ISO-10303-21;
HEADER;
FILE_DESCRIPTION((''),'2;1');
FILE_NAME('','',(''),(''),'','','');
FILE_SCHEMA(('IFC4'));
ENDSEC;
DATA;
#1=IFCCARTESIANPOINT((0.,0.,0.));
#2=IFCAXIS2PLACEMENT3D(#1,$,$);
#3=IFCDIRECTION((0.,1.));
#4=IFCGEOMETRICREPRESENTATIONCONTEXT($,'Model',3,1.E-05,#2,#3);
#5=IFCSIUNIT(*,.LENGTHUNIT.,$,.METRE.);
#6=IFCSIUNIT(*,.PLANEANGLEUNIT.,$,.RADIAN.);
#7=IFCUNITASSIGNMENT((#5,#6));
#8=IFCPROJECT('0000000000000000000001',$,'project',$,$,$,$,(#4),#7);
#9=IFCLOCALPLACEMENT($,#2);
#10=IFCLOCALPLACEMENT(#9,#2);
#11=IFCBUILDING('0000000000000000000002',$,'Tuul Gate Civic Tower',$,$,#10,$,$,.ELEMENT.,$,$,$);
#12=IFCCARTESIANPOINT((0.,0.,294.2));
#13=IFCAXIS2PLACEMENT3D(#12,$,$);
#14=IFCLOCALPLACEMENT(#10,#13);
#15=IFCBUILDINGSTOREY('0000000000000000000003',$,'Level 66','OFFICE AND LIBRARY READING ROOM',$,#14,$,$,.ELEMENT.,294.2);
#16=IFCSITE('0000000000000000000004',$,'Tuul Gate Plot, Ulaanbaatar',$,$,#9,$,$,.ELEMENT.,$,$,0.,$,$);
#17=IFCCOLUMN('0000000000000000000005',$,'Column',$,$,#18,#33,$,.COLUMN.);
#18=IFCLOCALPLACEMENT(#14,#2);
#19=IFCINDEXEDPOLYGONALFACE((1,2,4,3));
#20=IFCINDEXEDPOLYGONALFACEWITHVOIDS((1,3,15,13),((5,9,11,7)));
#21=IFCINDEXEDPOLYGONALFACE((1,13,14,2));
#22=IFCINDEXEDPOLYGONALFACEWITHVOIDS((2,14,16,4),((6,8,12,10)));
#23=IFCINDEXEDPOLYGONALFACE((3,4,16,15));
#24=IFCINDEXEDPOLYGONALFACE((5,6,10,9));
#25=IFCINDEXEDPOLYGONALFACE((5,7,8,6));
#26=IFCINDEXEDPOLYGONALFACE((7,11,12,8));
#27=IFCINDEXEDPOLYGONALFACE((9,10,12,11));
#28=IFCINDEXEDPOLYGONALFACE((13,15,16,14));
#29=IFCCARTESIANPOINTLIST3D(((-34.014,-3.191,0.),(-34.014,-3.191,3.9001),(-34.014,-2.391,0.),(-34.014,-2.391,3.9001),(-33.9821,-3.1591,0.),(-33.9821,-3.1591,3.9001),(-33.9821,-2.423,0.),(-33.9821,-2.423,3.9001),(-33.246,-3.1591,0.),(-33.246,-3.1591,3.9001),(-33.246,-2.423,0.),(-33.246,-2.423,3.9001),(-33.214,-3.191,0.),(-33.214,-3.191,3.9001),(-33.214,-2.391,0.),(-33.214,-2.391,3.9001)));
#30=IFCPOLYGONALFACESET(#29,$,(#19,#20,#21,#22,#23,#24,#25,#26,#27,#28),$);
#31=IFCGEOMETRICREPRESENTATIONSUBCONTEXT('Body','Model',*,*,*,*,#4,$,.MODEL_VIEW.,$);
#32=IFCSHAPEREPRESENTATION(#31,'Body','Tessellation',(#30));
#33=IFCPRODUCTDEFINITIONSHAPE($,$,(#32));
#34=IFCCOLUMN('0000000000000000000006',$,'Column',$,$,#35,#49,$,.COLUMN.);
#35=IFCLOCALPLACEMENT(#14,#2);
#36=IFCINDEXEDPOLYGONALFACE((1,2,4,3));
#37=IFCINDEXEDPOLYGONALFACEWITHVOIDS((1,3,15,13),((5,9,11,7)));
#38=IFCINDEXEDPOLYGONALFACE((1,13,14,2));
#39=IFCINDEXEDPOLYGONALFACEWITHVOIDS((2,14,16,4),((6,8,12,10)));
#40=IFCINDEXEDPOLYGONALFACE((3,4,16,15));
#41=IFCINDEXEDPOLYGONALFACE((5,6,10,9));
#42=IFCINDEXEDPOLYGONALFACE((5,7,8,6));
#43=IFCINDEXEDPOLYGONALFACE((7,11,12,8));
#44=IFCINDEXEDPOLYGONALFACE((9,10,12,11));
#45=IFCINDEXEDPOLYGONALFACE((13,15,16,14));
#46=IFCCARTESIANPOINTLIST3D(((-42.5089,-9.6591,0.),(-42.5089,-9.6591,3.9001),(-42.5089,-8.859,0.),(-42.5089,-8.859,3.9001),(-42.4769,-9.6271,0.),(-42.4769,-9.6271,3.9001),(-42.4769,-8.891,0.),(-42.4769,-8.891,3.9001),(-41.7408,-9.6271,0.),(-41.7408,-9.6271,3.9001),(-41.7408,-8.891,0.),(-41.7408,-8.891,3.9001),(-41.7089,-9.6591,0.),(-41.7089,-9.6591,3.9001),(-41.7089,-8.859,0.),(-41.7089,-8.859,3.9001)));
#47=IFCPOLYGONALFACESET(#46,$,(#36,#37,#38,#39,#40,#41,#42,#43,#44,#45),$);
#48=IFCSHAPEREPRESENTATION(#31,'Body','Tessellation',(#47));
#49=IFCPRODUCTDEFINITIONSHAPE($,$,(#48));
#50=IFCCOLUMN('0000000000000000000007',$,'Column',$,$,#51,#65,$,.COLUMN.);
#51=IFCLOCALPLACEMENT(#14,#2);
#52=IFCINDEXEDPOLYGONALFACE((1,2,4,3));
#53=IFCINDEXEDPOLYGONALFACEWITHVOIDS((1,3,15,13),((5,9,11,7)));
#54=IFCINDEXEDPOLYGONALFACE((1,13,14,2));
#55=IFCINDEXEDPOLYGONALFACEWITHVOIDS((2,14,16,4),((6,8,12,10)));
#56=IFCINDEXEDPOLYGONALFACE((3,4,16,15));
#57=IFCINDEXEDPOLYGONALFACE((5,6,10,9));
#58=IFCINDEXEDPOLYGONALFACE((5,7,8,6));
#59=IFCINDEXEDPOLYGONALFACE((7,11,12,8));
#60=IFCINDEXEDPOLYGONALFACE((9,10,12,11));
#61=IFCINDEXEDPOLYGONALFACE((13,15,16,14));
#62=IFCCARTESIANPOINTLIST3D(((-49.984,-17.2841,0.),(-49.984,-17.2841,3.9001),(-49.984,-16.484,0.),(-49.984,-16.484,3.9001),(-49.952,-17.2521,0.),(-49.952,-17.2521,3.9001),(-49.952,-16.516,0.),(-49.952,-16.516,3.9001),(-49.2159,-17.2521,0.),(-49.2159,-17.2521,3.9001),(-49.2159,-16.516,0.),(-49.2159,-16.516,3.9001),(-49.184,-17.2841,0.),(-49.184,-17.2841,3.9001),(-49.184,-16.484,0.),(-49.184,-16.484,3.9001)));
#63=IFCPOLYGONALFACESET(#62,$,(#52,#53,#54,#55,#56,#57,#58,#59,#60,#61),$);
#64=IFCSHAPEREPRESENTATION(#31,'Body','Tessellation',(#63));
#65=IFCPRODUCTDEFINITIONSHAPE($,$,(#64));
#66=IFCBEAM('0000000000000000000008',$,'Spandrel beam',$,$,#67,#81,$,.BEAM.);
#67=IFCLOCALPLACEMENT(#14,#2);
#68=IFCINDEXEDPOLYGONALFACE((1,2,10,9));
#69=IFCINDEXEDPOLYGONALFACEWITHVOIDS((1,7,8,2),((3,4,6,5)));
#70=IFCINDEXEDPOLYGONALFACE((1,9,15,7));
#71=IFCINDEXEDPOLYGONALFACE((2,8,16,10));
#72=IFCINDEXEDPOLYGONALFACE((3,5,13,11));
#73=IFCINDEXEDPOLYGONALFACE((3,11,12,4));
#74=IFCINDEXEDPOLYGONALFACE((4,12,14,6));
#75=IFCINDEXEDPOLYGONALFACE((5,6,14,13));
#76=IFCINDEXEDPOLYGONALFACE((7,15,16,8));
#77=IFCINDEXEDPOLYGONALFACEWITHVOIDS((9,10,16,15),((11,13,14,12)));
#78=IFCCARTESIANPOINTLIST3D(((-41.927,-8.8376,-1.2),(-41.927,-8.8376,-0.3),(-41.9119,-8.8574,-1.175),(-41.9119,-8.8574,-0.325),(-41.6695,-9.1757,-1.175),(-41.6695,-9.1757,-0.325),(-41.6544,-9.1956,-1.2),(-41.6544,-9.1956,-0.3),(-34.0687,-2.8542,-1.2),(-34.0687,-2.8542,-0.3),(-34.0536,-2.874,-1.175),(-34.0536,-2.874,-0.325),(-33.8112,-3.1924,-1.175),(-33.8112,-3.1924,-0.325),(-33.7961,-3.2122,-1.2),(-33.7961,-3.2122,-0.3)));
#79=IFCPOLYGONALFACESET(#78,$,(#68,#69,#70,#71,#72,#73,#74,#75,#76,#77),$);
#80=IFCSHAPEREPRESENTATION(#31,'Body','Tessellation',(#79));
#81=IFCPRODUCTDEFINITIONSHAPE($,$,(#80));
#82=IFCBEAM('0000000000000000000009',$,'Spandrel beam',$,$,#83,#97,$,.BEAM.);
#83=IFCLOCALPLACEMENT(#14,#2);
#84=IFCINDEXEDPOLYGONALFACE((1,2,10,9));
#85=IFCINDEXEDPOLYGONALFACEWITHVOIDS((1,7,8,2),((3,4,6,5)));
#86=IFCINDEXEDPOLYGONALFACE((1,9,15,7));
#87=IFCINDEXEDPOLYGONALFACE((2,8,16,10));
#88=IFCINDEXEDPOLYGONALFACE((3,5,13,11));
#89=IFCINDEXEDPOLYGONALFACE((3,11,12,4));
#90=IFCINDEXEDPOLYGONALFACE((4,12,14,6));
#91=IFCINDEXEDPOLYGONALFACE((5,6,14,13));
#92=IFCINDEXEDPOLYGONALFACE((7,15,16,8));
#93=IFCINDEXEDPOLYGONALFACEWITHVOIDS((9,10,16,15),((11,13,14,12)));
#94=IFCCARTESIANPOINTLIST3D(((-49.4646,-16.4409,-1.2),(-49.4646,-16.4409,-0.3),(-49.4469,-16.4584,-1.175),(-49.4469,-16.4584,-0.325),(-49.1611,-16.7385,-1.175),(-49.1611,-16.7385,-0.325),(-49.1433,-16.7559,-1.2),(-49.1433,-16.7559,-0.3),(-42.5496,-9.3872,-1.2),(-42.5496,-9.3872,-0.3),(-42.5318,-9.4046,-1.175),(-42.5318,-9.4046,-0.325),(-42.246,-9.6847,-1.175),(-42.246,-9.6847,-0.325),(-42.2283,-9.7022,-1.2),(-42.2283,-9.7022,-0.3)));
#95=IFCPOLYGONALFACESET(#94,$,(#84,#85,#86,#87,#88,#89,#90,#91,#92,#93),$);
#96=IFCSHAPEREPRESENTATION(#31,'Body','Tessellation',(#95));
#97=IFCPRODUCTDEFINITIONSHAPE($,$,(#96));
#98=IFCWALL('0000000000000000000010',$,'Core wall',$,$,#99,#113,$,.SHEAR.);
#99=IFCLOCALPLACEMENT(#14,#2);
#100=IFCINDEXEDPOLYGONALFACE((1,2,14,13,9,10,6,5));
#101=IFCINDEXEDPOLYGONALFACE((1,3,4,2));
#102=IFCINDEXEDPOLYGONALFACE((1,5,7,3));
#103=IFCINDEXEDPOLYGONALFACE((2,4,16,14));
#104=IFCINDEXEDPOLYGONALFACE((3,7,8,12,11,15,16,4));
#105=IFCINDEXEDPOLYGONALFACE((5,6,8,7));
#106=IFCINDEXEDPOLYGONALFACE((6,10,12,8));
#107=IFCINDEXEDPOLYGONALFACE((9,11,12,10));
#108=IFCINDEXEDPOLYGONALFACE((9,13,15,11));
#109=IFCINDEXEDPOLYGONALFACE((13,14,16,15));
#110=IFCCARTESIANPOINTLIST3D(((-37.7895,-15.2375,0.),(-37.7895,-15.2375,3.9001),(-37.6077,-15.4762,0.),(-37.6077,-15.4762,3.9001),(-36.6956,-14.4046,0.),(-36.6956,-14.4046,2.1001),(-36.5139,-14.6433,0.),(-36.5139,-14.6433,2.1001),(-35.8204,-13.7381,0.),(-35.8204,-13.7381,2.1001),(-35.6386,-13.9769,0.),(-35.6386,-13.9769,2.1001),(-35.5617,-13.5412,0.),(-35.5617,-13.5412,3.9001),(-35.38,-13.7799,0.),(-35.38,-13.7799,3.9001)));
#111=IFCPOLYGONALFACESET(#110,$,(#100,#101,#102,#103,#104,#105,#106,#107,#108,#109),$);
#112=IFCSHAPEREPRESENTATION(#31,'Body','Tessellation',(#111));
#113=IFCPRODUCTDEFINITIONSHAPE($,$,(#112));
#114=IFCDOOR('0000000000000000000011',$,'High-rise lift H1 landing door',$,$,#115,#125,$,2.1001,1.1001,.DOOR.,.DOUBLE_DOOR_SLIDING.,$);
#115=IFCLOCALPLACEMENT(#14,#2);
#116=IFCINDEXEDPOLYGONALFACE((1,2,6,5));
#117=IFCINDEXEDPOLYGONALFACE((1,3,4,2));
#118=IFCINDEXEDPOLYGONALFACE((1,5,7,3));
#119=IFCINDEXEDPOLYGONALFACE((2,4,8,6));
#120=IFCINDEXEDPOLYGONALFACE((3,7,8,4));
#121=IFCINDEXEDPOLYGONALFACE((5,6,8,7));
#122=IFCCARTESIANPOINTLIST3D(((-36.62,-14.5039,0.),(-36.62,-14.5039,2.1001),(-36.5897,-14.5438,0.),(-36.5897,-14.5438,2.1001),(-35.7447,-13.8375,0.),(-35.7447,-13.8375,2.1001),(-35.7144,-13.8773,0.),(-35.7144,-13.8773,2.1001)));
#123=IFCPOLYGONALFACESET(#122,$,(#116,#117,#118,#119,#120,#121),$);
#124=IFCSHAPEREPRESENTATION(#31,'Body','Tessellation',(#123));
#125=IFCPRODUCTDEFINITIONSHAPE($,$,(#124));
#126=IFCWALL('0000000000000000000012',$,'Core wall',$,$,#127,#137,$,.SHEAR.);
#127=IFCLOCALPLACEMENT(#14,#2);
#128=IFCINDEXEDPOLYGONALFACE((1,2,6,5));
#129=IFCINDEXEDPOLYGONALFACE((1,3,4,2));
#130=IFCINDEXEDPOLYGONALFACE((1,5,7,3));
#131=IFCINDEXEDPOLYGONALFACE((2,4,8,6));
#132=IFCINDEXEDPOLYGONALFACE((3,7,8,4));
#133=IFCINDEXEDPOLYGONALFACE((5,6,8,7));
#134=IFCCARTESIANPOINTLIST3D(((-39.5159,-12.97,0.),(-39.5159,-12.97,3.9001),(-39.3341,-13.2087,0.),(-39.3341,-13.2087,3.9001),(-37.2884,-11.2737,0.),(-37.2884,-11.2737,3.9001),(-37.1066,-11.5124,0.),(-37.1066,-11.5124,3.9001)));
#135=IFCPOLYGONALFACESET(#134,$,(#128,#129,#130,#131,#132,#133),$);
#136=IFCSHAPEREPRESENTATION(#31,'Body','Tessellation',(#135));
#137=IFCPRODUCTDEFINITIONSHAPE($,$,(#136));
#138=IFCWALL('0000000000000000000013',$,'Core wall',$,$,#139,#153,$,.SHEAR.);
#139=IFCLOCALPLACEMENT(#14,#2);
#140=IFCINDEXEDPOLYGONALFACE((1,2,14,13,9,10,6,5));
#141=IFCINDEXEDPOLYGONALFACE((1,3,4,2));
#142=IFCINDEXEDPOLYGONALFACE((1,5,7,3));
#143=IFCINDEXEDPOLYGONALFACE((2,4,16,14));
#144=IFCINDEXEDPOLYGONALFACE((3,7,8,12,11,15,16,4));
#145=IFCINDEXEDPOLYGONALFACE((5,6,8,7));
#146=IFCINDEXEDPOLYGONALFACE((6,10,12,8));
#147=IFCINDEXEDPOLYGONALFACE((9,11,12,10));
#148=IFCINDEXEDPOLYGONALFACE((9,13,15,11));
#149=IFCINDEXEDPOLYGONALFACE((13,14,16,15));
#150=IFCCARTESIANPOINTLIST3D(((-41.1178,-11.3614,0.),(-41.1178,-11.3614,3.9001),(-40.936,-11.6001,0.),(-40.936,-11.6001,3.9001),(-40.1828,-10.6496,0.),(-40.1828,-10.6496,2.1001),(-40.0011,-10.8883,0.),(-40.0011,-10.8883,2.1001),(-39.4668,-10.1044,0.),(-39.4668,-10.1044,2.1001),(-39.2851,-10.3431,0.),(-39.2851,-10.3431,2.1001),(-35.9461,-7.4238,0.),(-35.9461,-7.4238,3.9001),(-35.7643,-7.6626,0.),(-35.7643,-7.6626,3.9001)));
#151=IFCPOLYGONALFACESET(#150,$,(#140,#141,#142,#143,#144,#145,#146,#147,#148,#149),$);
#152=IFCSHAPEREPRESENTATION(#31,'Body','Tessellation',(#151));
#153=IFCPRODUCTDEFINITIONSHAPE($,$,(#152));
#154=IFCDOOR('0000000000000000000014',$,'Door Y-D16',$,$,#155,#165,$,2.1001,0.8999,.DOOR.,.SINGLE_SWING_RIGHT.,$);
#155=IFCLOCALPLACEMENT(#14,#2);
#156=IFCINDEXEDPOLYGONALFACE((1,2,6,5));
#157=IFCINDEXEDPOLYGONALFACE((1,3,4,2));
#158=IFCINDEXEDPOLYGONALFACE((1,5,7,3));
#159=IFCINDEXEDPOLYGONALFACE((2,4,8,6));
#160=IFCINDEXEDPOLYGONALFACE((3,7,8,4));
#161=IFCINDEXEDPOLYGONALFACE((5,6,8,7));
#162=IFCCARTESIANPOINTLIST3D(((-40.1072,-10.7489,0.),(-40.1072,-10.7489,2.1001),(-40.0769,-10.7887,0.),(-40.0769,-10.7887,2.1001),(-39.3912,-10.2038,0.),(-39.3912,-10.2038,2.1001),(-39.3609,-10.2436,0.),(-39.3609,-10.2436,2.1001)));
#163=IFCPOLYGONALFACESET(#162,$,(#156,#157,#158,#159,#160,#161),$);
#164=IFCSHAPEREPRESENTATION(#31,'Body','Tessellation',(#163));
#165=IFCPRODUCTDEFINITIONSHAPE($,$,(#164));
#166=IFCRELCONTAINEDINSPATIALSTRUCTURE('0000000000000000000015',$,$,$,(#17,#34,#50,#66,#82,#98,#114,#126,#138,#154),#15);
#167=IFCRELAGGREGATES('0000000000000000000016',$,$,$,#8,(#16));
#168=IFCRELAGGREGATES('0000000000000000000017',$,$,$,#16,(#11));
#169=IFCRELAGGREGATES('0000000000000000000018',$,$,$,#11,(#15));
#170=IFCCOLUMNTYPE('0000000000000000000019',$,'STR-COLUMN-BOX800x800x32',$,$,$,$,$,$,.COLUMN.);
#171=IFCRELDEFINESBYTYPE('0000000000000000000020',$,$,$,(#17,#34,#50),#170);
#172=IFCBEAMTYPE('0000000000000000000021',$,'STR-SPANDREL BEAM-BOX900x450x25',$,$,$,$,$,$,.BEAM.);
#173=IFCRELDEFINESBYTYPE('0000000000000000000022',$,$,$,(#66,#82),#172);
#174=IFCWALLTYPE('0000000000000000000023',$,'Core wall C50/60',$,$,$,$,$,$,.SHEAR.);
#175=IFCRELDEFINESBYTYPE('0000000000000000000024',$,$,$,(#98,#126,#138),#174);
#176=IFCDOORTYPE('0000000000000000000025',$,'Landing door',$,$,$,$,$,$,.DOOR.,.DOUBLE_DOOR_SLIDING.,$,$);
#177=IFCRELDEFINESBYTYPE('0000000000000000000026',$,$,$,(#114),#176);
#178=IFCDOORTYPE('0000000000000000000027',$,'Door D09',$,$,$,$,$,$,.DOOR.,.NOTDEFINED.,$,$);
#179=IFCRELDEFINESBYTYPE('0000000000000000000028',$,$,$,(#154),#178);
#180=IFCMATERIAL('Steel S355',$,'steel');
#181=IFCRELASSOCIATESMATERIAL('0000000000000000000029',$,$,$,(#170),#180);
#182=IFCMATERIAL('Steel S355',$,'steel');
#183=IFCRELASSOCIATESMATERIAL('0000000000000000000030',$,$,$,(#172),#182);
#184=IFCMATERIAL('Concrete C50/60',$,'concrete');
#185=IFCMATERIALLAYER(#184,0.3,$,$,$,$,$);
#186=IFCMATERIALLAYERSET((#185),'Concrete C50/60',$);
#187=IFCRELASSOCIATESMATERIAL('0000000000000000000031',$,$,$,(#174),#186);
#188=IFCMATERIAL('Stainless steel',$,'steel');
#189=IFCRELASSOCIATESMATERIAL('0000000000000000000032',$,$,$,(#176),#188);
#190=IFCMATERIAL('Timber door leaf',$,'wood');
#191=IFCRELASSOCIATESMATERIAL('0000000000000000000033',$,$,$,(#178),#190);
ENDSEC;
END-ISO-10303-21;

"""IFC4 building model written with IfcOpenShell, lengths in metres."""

from ifc_helpers import new_model, si_unit, direction, frame, frame_2d, origin, origin_2d, place, context, subcontext, project, spatial, rectangle, hollow_rectangle, extrude, material, layer, layer_set, material_profile, profile_set, type_object, element, fill, save


model = new_model("IFC4")

# Units and contexts
model_context = context("Model", 3, precision=1e-05, world=origin(), true_north=direction((0.0, 1.0)))
body_context = subcontext(model_context, "Body", "Model", "MODEL_VIEW")
ifc_project = project(units=[si_unit("LENGTHUNIT", "METRE"), si_unit("PLANEANGLEUNIT", "RADIAN")], contexts=[model_context])

# Site, building, storey
site_placement = place(None, origin())
site = spatial("IfcSite", under=ifc_project, at=site_placement, Name="Tuul Gate Plot, Ulaanbaatar", CompositionType="ELEMENT", RefElevation=0.0)
building_placement = place(site_placement, origin())
building = spatial("IfcBuilding", under=site, at=building_placement, Name="Tuul Gate Civic Tower", CompositionType="ELEMENT")
storey_placement = place(building_placement, frame((0.0, 0.0, 294.2)))
storey = spatial("IfcBuildingStorey", under=building, at=storey_placement, Name="Level 66", Description="OFFICE AND LIBRARY READING ROOM", CompositionType="ELEMENT", Elevation=294.2)

# Columns
ifc_material_1 = material(Name="Steel S355", Category="steel")
ifc_material_profile_1 = material_profile(ifc_material_1, hollow_rectangle(XDim=0.8, YDim=0.8, WallThickness=0.032, at=origin_2d()), Name="BOX800x800x32")
ifc_profile_set_1 = profile_set([ifc_material_profile_1], Name="Steel S355")
column_type = type_object("IfcColumnType", Name="STR-COLUMN-BOX800x800x32", PredefinedType="COLUMN", material=ifc_profile_set_1)
for number, where, z_axis, x_axis, name in (
    (1, (-33.614, -2.791, 0.0), (0.0, 0.0, 1.0), (1.0, 0.0, 0.0), "Column"),
    (2, (-42.1089, -9.259, 0.0), (0.0, 0.0, 1.0), (1.0, 0.0, 0.0), "Column"),
    (3, (-49.584, -16.884, 0.0), (0.0, 0.0, 1.0), (1.0, 0.0, 0.0), "Column"),
):
    element("IfcColumn", number, at=place(storey_placement, frame(where, z_axis=z_axis, x_axis=x_axis)), inside=storey, type_object=column_type, Name=name, PredefinedType="COLUMN", context=body_context, shape_type="SweptSolid", body=[
        extrude(hollow_rectangle(XDim=0.8, YDim=0.8, WallThickness=0.032, at=origin_2d()), origin(), (0.0, 0.0, 1.0), 3.9001),
    ])

# Beams
ifc_material_2 = material(Name="Steel S355", Category="steel")
ifc_material_profile_2 = material_profile(ifc_material_2, hollow_rectangle(XDim=0.45, YDim=0.8999, WallThickness=0.0249, at=origin_2d()), Name="BOX900x450x25")
ifc_profile_set_2 = profile_set([ifc_material_profile_2], Name="Steel S355")
beam_type = type_object("IfcBeamType", Name="STR-SPANDREL BEAM-BOX900x450x25", PredefinedType="BEAM", material=ifc_profile_set_2)
beam_1_placement = place(storey_placement, frame((-33.9324, -3.0332, -0.75), z_axis=(-0.795625, -0.60579, 0.0), x_axis=(0.60579, -0.795625, 0.0)))
element("IfcBeam", 4, at=beam_1_placement, inside=storey, type_object=beam_type, Name="Spandrel beam", PredefinedType="BEAM", context=body_context, shape_type="SweptSolid", body=[
    extrude(hollow_rectangle(XDim=0.45, YDim=0.8999, WallThickness=0.0249, at=origin_2d()), origin(), (0.0, 0.0, 1.0), 9.877),
])
beam_2_placement = place(storey_placement, frame((-42.3889, -9.5447, -0.75), z_axis=(-0.700053, -0.714091, 0.0), x_axis=(0.714091, -0.700053, 0.0)))
element("IfcBeam", 5, at=beam_2_placement, inside=storey, type_object=beam_type, Name="Spandrel beam", PredefinedType="BEAM", context=body_context, shape_type="SweptSolid", body=[
    extrude(hollow_rectangle(XDim=0.45, YDim=0.8999, WallThickness=0.0249, at=origin_2d()), origin(), (0.0, 0.0, 1.0), 9.8779),
])

# Wall, opening, door
ifc_material_3 = material(Name="Concrete C50/60", Category="concrete")
ifc_layer_1 = layer(ifc_material_3, 0.3)
ifc_layer_set_1 = layer_set([ifc_layer_1], Name="Concrete C50/60")
wall_type_1 = type_object("IfcWallType", Name="Core wall C50/60", PredefinedType="SHEAR", material=ifc_layer_set_1)
wall_1_placement = place(storey_placement, frame((-35.4709, -13.6606, 0.0), z_axis=(0.0, 0.0, 1.0), x_axis=(-0.795616, -0.605802, 0.0)))
wall_1 = element("IfcWall", 6, at=wall_1_placement, inside=storey, type_object=wall_type_1, Name="Core wall", PredefinedType="SHEAR", context=body_context, shape_type="SweptSolid", body=[
    extrude(rectangle(XDim=2.8, YDim=0.3, at=frame_2d((1.3999, 0.0))), origin(), (0.0, 0.0, 1.0), 3.9001),
])
opening_1_placement = place(wall_1_placement, frame((0.325, 0.0, 0.0)))
opening_1 = element("IfcOpeningElement", 7, at=opening_1_placement, cuts=wall_1, PredefinedType="OPENING", context=body_context, shape_type="SweptSolid", body=[
    extrude(rectangle(XDim=1.1001, YDim=2.1001, at=frame_2d((0.55, 1.05))), frame((0.0, 0.1602, 0.0), z_axis=(0.0, -1.0, 0.0), x_axis=(1.0, 0.0, 0.0)), (0.0, 0.0, 1.0), 0.3201),
])
ifc_material_4 = material(Name="Stainless steel", Category="steel")
door_type_1 = type_object("IfcDoorType", Name="Landing door", OperationType="DOUBLE_DOOR_SLIDING", PredefinedType="DOOR", material=ifc_material_4)
door_1_placement = place(opening_1_placement, origin())
door_1 = element("IfcDoor", 8, at=door_1_placement, inside=storey, type_object=door_type_1, Name="High-rise lift H1 landing door", OperationType="DOUBLE_DOOR_SLIDING", OverallHeight=2.1001, OverallWidth=1.1001, PredefinedType="DOOR", context=body_context, shape_type="SweptSolid", body=[
    extrude(rectangle(XDim=1.1001, YDim=2.1001, at=frame_2d((0.55, 1.05))), frame((0.0, 0.0249, 0.0), z_axis=(0.0, -1.0, 0.0), x_axis=(1.0, 0.0, 0.0)), (0.0, 0.0, 1.0), 0.05),
])
fill(opening_1, door_1)

# Wall
wall_2_placement = place(storey_placement, frame((-37.1975, -11.3931, 0.0), z_axis=(0.0, 0.0, 1.0), x_axis=(-0.795584, -0.605844, 0.0)))
element("IfcWall", 9, at=wall_2_placement, inside=storey, type_object=wall_type_1, Name="Core wall", PredefinedType="SHEAR", context=body_context, shape_type="SweptSolid", body=[
    extrude(rectangle(XDim=2.7998, YDim=0.3, at=frame_2d((1.3999, 0.0))), origin(), (0.0, 0.0, 1.0), 3.9001),
])

# Wall, opening, door
wall_3_placement = place(storey_placement, frame((-35.8552, -7.5432, 0.0), z_axis=(0.0, 0.0, 1.0), x_axis=(-0.795639, -0.605772, 0.0)))
wall_3 = element("IfcWall", 10, at=wall_3_placement, inside=storey, type_object=wall_type_1, Name="Core wall", PredefinedType="SHEAR", context=body_context, shape_type="SweptSolid", body=[
    extrude(rectangle(XDim=6.5, YDim=0.3, at=frame_2d((3.25, 0.0))), origin(), (0.0, 0.0, 1.0), 3.9001),
])
opening_2_placement = place(wall_3_placement, frame((4.425, 0.0, 0.0)))
opening_2 = element("IfcOpeningElement", 11, at=opening_2_placement, cuts=wall_3, PredefinedType="OPENING", context=body_context, shape_type="SweptSolid", body=[
    extrude(rectangle(XDim=0.8999, YDim=2.1001, at=frame_2d((0.45, 1.05))), frame((0.0, 0.1602, 0.0), z_axis=(0.0, -1.0, 0.0), x_axis=(1.0, 0.0, 0.0)), (0.0, 0.0, 1.0), 0.3201),
])
ifc_material_5 = material(Name="Timber door leaf", Category="wood")
door_type_2 = type_object("IfcDoorType", Name="Door D09", OperationType="NOTDEFINED", PredefinedType="DOOR", material=ifc_material_5)
door_2_placement = place(opening_2_placement, origin())
door_2 = element("IfcDoor", 12, at=door_2_placement, inside=storey, type_object=door_type_2, Name="Door Y-D16", OperationType="SINGLE_SWING_RIGHT", OverallHeight=2.1001, OverallWidth=0.8999, PredefinedType="DOOR", context=body_context, shape_type="SweptSolid", body=[
    extrude(rectangle(XDim=0.8999, YDim=2.1001, at=frame_2d((0.45, 1.05))), frame((0.0, 0.0249, 0.0), z_axis=(0.0, -1.0, 0.0), x_axis=(1.0, 0.0, 0.0)), (0.0, 0.0, 1.0), 0.05),
])
fill(opening_2, door_2)

save(model, "model.ifc")
